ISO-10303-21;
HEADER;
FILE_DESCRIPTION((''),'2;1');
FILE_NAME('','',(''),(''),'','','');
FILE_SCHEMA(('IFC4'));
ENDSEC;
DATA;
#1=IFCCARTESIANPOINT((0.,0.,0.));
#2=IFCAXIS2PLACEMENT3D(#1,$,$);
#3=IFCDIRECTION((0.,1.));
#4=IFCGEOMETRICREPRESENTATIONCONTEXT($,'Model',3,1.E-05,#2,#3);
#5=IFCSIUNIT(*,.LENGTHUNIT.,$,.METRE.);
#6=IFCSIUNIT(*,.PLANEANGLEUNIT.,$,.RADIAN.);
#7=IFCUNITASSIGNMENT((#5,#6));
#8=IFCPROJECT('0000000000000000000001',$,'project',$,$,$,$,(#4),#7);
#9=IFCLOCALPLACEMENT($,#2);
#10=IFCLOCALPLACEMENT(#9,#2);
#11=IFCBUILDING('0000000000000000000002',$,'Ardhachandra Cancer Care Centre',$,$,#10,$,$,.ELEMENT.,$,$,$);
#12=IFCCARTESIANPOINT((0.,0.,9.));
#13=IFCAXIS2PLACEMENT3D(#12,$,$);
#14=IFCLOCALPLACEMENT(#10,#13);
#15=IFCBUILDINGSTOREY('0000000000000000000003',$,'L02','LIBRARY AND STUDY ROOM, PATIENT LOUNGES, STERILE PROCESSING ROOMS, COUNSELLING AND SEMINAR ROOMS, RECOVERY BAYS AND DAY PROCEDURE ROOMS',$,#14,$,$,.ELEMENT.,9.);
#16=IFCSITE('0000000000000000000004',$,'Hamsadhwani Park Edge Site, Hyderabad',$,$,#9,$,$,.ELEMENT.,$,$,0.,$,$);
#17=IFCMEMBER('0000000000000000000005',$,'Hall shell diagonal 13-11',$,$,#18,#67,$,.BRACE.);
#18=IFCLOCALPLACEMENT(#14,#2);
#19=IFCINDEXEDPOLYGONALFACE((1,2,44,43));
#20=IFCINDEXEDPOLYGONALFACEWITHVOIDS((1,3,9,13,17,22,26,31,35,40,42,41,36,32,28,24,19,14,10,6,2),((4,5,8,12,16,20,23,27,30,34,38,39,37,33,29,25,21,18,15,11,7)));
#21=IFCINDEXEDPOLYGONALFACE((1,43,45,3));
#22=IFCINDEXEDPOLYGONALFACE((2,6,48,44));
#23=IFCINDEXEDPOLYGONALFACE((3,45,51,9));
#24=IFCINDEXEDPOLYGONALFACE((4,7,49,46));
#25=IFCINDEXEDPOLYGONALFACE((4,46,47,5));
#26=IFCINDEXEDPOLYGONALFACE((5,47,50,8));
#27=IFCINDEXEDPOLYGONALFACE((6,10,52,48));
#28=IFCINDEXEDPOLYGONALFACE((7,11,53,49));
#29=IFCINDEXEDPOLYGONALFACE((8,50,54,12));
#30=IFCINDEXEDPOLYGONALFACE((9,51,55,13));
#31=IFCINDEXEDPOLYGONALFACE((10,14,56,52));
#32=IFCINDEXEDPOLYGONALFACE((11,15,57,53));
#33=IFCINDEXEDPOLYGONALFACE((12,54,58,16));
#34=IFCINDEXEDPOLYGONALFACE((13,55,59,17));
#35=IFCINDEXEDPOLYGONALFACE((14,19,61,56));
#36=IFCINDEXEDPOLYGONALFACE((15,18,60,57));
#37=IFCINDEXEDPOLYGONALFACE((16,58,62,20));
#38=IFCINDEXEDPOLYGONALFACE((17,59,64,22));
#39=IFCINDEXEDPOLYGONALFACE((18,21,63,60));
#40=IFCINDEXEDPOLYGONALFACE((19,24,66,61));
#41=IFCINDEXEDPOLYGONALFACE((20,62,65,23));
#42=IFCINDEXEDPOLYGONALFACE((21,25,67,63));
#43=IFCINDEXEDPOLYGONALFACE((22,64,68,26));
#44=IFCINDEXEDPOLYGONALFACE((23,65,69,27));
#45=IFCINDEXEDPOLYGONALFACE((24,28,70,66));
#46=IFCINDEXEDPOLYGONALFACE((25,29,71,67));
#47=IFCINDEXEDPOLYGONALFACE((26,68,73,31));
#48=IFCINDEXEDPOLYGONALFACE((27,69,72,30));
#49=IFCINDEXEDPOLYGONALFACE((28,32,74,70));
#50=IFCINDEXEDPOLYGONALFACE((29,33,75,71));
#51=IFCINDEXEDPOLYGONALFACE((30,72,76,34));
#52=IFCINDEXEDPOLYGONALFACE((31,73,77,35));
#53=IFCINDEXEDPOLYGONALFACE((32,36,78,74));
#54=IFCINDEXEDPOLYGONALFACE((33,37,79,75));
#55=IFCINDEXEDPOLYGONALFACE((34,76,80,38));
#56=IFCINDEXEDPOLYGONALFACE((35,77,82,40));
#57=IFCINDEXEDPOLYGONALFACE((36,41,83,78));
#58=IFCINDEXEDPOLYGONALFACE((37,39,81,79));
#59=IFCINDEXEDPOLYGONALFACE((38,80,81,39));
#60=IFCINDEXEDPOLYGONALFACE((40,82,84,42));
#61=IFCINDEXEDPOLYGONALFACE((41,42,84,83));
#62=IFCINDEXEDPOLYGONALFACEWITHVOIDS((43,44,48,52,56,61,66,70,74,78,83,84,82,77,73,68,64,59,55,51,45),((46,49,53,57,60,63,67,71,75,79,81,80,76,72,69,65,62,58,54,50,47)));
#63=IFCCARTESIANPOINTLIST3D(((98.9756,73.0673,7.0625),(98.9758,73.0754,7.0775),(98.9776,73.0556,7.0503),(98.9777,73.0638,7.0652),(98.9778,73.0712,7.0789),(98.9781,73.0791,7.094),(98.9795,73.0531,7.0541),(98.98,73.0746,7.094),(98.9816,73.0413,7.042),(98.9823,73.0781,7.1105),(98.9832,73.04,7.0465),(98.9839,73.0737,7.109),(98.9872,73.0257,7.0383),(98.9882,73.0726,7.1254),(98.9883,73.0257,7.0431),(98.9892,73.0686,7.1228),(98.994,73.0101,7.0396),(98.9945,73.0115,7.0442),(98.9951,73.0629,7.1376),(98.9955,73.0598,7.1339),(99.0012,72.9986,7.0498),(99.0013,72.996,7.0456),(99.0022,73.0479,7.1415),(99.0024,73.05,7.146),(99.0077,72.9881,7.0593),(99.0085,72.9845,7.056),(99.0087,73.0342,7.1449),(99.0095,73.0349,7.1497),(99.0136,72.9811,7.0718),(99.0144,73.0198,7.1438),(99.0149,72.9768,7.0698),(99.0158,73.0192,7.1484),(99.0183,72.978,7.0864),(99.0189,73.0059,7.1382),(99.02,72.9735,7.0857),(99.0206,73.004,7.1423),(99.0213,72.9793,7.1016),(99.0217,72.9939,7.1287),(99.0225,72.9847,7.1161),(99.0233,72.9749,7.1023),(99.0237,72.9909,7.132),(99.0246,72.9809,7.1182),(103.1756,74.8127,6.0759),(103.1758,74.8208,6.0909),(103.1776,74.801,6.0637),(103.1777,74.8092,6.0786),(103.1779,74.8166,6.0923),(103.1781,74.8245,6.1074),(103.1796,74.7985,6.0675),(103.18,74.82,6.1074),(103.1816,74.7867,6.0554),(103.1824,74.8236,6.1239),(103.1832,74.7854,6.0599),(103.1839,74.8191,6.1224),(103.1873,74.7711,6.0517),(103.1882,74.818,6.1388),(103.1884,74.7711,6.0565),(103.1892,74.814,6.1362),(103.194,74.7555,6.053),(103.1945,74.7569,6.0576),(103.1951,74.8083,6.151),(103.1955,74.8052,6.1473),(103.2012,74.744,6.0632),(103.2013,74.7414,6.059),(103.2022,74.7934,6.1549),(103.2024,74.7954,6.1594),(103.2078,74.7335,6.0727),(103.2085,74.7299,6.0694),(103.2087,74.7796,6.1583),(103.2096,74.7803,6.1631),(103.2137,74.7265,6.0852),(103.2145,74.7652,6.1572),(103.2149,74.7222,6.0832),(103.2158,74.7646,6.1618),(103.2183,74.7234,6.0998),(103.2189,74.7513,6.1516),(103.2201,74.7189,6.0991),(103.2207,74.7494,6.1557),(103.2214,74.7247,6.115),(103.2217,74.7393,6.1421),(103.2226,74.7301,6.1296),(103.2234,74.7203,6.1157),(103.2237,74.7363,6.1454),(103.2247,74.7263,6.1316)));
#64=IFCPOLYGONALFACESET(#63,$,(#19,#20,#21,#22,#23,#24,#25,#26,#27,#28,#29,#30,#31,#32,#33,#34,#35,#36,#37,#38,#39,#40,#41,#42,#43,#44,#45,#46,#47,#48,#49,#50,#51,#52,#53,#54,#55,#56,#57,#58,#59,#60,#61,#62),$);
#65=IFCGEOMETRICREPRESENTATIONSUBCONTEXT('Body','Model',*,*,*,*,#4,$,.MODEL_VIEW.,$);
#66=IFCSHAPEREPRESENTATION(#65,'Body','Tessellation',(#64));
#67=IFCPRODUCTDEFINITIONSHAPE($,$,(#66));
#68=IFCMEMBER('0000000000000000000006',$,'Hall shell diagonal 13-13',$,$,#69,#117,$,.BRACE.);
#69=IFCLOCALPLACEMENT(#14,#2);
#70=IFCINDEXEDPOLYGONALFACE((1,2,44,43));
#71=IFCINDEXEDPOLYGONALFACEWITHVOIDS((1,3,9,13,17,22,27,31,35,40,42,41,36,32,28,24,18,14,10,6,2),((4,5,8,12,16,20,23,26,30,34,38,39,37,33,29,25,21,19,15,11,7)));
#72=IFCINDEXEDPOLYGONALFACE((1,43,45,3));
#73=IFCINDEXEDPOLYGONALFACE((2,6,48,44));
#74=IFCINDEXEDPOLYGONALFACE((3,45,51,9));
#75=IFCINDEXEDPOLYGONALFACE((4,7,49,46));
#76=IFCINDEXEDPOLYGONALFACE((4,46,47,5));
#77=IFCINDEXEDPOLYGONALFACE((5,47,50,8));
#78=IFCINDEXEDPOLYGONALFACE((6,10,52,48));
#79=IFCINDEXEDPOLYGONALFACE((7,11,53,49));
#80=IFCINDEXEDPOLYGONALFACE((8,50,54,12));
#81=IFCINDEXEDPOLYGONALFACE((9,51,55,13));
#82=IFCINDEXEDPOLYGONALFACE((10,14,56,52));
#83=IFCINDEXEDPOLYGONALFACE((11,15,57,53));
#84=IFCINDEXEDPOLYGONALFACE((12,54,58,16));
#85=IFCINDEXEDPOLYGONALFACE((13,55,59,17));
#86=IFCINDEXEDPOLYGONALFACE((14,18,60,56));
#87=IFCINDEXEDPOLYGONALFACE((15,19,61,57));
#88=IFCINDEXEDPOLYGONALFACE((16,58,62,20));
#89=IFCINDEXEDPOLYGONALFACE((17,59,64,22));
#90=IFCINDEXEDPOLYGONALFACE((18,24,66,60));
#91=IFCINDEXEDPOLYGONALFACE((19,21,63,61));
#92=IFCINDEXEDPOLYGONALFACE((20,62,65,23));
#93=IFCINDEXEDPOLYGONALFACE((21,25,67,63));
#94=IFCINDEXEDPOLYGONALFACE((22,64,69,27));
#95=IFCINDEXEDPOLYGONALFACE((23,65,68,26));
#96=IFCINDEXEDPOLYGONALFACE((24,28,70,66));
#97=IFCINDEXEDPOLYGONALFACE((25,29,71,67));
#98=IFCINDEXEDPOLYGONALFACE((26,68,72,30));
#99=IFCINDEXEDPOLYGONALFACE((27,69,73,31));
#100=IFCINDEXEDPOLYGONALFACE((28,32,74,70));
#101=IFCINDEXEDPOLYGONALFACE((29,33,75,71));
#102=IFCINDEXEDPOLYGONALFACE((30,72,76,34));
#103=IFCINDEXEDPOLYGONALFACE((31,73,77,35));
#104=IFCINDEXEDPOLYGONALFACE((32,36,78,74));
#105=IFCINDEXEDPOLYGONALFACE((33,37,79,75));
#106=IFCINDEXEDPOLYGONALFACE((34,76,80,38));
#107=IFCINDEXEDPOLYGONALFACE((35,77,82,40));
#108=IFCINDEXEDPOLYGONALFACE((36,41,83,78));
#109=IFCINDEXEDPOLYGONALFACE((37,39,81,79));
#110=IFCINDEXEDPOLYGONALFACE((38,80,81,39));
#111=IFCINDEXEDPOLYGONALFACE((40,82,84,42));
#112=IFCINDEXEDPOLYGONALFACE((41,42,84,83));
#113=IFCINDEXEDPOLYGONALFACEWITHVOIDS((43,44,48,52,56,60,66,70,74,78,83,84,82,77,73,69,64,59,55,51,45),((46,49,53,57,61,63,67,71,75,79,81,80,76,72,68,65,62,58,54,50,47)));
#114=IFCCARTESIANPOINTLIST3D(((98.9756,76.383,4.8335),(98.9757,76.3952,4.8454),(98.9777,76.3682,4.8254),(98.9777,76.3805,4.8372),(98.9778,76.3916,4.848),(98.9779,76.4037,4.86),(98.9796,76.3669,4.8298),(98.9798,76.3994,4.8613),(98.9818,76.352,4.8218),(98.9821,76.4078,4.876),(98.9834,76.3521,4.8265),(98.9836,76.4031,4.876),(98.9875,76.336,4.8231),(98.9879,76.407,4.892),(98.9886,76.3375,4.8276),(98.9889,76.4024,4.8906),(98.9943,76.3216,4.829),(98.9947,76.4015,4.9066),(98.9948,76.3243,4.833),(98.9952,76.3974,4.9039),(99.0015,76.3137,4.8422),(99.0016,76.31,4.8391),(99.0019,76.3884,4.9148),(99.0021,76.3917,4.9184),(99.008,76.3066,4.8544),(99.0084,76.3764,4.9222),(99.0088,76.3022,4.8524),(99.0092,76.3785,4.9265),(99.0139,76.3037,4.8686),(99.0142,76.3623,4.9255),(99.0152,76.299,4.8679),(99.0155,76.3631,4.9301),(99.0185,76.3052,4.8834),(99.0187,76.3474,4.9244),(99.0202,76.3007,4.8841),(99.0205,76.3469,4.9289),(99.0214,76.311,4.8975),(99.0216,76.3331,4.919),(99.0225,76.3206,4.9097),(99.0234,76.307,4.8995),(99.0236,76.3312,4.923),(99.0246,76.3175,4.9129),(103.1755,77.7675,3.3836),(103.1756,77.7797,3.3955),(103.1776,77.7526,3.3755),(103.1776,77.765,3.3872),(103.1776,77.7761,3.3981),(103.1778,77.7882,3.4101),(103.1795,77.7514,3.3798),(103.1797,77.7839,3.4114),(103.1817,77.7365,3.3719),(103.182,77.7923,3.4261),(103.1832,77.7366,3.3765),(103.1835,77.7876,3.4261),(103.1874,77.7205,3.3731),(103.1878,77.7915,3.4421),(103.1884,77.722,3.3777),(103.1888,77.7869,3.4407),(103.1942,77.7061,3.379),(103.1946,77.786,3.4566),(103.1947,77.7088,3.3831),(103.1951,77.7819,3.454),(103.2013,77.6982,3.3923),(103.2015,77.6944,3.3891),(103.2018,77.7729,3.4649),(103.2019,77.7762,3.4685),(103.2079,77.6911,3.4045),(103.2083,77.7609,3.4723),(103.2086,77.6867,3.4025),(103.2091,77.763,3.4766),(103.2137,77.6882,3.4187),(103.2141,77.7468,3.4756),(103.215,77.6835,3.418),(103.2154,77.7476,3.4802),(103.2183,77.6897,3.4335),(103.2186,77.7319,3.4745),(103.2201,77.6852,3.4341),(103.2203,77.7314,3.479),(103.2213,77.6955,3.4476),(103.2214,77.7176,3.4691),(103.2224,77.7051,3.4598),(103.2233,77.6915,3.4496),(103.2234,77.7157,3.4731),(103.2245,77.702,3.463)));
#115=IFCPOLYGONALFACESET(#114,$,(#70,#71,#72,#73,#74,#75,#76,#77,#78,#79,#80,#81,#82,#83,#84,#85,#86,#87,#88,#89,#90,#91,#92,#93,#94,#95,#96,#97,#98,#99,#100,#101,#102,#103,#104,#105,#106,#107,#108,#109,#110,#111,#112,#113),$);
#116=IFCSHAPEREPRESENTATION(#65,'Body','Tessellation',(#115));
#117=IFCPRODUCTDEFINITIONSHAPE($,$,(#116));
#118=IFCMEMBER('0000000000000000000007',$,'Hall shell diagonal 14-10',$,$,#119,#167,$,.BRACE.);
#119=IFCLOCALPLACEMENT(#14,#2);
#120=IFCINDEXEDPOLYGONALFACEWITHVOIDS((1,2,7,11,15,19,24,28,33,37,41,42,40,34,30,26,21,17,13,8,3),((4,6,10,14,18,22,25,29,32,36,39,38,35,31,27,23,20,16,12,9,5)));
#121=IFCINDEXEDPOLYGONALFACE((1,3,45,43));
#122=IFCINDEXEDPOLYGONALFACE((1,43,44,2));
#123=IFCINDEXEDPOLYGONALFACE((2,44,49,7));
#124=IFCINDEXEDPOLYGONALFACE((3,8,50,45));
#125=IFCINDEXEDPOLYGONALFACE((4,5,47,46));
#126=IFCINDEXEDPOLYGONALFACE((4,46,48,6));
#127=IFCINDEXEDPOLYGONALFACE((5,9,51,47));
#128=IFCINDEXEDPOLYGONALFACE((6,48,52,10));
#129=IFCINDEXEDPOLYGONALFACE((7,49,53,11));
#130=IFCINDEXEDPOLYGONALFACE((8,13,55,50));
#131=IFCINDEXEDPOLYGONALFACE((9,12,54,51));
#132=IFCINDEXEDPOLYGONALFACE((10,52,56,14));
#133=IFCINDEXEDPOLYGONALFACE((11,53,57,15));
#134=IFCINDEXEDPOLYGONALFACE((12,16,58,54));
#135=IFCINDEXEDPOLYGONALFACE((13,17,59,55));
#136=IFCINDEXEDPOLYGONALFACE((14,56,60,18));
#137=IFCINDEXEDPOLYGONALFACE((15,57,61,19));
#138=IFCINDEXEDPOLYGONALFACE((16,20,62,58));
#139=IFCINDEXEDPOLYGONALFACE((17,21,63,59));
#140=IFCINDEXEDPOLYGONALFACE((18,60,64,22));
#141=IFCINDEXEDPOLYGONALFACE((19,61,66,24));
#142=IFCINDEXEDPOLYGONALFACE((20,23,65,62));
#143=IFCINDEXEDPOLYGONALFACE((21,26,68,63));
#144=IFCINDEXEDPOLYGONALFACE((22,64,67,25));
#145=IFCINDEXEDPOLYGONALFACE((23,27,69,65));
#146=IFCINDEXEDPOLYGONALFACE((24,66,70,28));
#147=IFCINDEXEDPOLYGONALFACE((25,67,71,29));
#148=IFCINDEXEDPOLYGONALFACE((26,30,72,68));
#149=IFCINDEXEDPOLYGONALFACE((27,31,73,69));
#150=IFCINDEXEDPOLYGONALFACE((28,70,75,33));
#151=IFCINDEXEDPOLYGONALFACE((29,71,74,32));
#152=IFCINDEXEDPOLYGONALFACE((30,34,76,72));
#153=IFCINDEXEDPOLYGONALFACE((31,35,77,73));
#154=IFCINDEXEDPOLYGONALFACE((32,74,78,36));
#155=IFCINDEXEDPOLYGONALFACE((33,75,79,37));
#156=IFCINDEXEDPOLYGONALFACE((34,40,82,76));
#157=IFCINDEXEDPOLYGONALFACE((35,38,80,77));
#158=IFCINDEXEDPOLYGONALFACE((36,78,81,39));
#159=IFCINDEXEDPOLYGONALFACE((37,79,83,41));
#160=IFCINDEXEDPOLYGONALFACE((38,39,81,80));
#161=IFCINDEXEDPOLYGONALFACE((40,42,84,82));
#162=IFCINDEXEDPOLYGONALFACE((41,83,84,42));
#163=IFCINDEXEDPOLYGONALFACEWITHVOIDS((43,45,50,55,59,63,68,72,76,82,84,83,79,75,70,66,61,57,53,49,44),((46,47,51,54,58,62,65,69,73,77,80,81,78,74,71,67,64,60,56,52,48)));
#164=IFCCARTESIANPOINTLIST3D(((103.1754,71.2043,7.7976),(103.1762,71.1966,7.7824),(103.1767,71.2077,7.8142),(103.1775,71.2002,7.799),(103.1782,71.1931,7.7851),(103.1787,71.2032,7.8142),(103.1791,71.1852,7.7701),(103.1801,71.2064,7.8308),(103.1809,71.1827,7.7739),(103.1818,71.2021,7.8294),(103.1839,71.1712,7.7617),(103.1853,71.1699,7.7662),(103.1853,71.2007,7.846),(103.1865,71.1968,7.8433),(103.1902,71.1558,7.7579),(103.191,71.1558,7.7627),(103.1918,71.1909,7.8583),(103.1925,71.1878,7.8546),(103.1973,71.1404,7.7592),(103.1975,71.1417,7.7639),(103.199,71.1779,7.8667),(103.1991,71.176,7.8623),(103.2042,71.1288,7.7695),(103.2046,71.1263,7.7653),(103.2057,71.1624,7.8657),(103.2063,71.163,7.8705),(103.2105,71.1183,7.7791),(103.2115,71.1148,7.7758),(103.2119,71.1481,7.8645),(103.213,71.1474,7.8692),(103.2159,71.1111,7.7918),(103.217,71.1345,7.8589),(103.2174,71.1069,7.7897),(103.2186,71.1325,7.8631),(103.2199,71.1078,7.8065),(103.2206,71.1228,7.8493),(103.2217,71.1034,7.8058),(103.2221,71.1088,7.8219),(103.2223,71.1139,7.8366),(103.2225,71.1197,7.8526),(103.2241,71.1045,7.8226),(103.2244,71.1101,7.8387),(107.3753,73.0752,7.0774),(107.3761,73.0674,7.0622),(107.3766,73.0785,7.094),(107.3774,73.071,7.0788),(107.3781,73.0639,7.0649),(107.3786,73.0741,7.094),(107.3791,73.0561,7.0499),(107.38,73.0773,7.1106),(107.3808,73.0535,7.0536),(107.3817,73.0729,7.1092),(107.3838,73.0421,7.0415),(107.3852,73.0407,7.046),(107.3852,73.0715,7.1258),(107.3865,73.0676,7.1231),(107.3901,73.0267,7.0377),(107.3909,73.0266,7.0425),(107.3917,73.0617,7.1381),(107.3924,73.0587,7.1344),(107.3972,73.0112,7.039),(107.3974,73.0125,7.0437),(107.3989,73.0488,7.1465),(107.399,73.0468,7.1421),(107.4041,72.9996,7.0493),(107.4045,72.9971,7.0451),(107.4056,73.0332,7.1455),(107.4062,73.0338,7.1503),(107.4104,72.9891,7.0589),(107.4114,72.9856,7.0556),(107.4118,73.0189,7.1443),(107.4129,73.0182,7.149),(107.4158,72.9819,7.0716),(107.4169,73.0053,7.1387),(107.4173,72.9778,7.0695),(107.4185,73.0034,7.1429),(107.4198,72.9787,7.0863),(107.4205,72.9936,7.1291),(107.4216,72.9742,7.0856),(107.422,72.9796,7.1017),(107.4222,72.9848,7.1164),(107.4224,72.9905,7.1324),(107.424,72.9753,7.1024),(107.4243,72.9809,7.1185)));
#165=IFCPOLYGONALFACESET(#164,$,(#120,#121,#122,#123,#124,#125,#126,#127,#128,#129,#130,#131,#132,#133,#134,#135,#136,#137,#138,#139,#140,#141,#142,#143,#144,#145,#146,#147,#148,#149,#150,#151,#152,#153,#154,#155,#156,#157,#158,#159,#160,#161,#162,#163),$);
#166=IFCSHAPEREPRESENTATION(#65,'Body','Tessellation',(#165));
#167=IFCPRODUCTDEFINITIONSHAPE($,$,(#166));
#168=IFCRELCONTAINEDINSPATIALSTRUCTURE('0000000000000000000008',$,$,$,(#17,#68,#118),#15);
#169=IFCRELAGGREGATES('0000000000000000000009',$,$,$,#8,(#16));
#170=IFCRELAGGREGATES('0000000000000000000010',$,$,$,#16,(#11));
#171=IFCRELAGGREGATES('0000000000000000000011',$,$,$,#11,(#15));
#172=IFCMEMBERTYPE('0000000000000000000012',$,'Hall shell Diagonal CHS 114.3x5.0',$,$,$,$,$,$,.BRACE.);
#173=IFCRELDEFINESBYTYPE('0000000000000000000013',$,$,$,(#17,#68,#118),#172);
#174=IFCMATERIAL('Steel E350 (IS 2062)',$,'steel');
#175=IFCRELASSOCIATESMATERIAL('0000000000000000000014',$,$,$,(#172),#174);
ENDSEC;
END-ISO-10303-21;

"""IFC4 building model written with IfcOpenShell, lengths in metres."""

from ifc_helpers import new_model, si_unit, direction, frame, origin, origin_2d, place, context, subcontext, project, spatial, hollow_circle, extrude, material, material_profile, profile_set, type_object, element, save


model = new_model("IFC4")

# Units and contexts
model_context = context("Model", 3, precision=1e-05, world=origin(), true_north=direction((0.0, 1.0)))
body_context = subcontext(model_context, "Body", "Model", "MODEL_VIEW")
ifc_project = project(units=[si_unit("LENGTHUNIT", "METRE"), si_unit("PLANEANGLEUNIT", "RADIAN")], contexts=[model_context])

# Site, building, storey
site_placement = place(None, origin())
site = spatial("IfcSite", under=ifc_project, at=site_placement, Name="Hamsadhwani Park Edge Site, Hyderabad", CompositionType="ELEMENT", RefElevation=0.0)
building_placement = place(site_placement, origin())
building = spatial("IfcBuilding", under=site, at=building_placement, Name="Ardhachandra Cancer Care Centre", CompositionType="ELEMENT")
storey_placement = place(building_placement, frame((0.0, 0.0, 9.0)))
storey = spatial("IfcBuildingStorey", under=building, at=storey_placement, Name="L02", Description="LIBRARY AND STUDY ROOM, PATIENT LOUNGES, STERILE PROCESSING ROOMS, COUNSELLING AND SEMINAR ROOMS, RECOVERY BAYS AND DAY PROCEDURE ROOMS", CompositionType="ELEMENT", Elevation=9.0)

# Members
ifc_material_1 = material(Name="Steel E350 (IS 2062)", Category="steel")
ifc_material_profile_1 = material_profile(ifc_material_1, hollow_circle(Radius=0.0571, WallThickness=0.0049, at=origin_2d()), Name="CHS 114.3x5.0")
ifc_profile_set_1 = profile_set([ifc_material_profile_1], Name="Steel E350 (IS 2062)")
member_type_1 = type_object("IfcMemberType", Name="Hall shell Diagonal CHS 114.3x5.0", PredefinedType="BRACE", material=ifc_profile_set_1)
member_1_placement = place(storey_placement, frame((99.0, 73.0264, 7.094), z_axis=(0.90245, 0.375028, -0.211986), x_axis=(-0.38375, 0.923437, 0.0)))
element("IfcMember", 1, at=member_1_placement, inside=storey, type_object=member_type_1, Name="Hall shell diagonal 13-11", PredefinedType="BRACE", context=body_context, shape_type="SweptSolid", body=[
    extrude(hollow_circle(Radius=0.0571, WallThickness=0.0049, at=origin_2d()), origin(), (0.0, 0.0, 1.0), 4.6541),
])
for number, where, z_axis, x_axis, name in (
    (2, (99.0, 76.3535, 4.876), (0.902457, 0.297497, -0.311556), (-0.313079, 0.949727, 0.0), "Hall shell diagonal 13-13"),
    (3, (103.2, 71.1555, 7.8142), (0.902467, 0.402, -0.154757), (-0.406902, 0.913472, 0.0), "Hall shell diagonal 14-10"),
):
    element("IfcMember", number, at=place(storey_placement, frame(where, z_axis=z_axis, x_axis=x_axis)), inside=storey, type_object=member_type_1, Name=name, PredefinedType="BRACE", context=body_context, shape_type="SweptSolid", body=[
        extrude(hollow_circle(Radius=0.0571, WallThickness=0.0049, at=origin_2d()), origin(), (0.0, 0.0, 1.0), 4.6538),
    ])

save(model, "model.ifc")
